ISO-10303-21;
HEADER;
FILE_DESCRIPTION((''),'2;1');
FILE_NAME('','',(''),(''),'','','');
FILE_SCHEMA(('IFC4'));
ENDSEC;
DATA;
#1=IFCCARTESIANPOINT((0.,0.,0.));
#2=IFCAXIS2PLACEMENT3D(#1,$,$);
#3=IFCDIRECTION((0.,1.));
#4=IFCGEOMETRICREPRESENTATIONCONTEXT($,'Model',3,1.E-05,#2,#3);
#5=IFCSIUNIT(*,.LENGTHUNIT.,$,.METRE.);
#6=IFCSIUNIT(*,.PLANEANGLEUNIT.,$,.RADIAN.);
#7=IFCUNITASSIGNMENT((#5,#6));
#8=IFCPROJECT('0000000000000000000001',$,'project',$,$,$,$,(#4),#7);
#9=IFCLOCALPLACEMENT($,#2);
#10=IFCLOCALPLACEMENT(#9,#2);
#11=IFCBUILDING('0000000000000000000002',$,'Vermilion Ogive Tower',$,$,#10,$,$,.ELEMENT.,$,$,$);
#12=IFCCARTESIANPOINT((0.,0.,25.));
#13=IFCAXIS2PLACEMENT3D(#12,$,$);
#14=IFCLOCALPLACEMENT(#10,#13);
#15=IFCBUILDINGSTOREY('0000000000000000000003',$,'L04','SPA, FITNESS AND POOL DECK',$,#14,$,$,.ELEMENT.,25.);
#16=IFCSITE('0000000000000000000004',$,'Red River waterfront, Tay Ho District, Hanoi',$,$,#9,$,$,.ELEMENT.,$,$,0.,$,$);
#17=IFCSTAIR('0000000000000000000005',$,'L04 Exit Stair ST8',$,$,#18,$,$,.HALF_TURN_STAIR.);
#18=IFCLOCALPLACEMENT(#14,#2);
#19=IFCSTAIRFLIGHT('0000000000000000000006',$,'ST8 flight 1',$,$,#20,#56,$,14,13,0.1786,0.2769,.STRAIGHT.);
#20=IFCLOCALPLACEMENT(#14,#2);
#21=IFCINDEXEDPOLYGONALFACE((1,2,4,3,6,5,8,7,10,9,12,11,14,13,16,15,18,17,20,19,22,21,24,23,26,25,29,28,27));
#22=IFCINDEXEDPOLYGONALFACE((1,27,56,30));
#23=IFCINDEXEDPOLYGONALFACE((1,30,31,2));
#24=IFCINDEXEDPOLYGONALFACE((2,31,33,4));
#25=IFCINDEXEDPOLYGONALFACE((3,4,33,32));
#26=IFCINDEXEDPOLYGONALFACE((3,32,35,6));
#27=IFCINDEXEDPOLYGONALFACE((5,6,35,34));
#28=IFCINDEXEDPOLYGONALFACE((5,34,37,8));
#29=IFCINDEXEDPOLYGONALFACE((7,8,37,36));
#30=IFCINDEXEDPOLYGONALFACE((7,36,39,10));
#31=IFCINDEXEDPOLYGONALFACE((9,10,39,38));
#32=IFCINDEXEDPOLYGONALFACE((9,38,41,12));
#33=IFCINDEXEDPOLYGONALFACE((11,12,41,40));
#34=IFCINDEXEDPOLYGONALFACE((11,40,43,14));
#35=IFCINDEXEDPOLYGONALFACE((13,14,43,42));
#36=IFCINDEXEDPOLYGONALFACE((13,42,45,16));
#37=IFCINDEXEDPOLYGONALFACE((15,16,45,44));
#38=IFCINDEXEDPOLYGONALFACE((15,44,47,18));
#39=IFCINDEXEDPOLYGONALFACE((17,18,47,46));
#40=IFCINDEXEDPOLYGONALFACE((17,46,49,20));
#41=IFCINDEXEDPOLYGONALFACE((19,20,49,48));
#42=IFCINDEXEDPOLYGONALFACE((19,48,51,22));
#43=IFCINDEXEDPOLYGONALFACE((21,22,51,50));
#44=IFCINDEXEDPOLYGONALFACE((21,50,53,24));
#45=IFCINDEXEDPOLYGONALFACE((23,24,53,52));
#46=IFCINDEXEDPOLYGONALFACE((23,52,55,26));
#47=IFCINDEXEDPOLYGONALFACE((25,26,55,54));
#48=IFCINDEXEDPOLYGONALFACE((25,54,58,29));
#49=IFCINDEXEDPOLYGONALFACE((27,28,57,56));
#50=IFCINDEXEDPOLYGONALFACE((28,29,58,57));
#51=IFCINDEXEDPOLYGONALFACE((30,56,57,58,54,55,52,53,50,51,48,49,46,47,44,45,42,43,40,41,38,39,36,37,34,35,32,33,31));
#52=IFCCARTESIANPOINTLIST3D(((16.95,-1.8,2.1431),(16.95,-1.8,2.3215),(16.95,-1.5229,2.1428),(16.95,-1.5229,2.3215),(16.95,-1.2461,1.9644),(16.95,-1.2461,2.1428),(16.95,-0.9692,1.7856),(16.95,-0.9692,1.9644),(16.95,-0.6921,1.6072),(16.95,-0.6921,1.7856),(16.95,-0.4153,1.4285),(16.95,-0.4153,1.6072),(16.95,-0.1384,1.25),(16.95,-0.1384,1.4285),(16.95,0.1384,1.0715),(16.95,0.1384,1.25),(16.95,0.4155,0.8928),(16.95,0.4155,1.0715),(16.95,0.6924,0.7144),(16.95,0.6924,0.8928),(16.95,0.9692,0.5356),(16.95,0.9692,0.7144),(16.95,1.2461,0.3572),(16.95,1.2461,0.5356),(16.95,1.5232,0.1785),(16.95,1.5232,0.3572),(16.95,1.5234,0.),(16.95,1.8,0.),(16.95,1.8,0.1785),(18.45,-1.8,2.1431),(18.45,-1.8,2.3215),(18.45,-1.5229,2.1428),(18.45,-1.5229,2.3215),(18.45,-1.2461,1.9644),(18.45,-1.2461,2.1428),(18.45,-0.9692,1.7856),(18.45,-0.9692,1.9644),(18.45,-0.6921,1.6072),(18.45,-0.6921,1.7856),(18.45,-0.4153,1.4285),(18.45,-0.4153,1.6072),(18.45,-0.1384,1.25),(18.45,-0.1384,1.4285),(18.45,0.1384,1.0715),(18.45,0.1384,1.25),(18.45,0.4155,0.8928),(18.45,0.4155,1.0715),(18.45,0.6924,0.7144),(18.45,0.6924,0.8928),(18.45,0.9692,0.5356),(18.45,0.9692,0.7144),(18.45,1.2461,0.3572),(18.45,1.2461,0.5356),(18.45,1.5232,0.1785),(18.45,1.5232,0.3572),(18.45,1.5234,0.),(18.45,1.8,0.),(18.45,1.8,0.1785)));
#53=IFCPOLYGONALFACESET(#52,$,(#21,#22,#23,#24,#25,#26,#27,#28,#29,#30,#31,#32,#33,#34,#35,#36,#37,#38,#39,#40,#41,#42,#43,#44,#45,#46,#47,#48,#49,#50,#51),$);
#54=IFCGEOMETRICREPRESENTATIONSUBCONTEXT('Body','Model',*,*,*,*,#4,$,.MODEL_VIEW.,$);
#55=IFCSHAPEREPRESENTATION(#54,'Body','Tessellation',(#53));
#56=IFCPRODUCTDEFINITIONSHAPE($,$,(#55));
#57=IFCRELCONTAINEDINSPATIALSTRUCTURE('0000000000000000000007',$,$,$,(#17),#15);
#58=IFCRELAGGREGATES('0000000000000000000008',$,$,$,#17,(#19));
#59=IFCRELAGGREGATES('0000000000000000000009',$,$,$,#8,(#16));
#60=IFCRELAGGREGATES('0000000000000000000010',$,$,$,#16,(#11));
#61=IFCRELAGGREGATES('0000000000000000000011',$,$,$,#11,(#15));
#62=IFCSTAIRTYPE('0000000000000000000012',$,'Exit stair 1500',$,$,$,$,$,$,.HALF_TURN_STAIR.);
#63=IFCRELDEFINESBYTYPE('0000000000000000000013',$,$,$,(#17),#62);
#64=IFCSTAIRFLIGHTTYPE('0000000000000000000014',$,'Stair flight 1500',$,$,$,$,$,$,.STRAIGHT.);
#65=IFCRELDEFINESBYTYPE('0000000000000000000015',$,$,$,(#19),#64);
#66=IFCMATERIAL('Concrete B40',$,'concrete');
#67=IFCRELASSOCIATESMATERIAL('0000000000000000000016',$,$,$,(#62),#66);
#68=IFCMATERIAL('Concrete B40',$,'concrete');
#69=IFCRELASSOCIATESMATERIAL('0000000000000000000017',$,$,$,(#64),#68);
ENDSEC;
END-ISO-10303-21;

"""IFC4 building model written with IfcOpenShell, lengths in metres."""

from ifc_helpers import new_model, si_unit, direction, frame, origin, place, context, subcontext, project, spatial, polyline, outline, extrude, material, type_object, element, aggregate, save


model = new_model("IFC4")

# Units and contexts
model_context = context("Model", 3, precision=1e-05, world=origin(), true_north=direction((0.0, 1.0)))
body_context = subcontext(model_context, "Body", "Model", "MODEL_VIEW")
ifc_project = project(units=[si_unit("LENGTHUNIT", "METRE"), si_unit("PLANEANGLEUNIT", "RADIAN")], contexts=[model_context])

# Site, building, storey
site_placement = place(None, origin())
site = spatial("IfcSite", under=ifc_project, at=site_placement, Name="Red River waterfront, Tay Ho District, Hanoi", CompositionType="ELEMENT", RefElevation=0.0)
building_placement = place(site_placement, origin())
building = spatial("IfcBuilding", under=site, at=building_placement, Name="Vermilion Ogive Tower", CompositionType="ELEMENT")
storey_placement = place(building_placement, frame((0.0, 0.0, 25.0)))
storey = spatial("IfcBuildingStorey", under=building, at=storey_placement, Name="L04", Description="SPA, FITNESS AND POOL DECK", CompositionType="ELEMENT", Elevation=25.0)

# Stair, stair flight
ifc_material_1 = material(Name="Concrete B40", Category="concrete")
stair_type = type_object("IfcStairType", Name="Exit stair 1500", PredefinedType="HALF_TURN_STAIR", material=ifc_material_1)
stair_placement = place(storey_placement, origin())
stair = element("IfcStair", 1, at=stair_placement, inside=storey, type_object=stair_type, Name="L04 Exit Stair ST8", PredefinedType="HALF_TURN_STAIR")
ifc_material_2 = material(Name="Concrete B40", Category="concrete")
stair_flight_type = type_object("IfcStairFlightType", Name="Stair flight 1500", PredefinedType="STRAIGHT", material=ifc_material_2)
stair_flight_placement = place(storey_placement, frame((17.7, 1.8, 0.0), z_axis=(0.0, 0.0, 1.0), x_axis=(0.0, -1.0, 0.0)))
stair_flight = element("IfcStairFlight", 2, at=stair_flight_placement, type_object=stair_flight_type, Name="ST8 flight 1", NumberOfRisers=14, NumberOfTreads=13, PredefinedType="STRAIGHT", RiserHeight=0.1786, TreadLength=0.2769, context=body_context, shape_type="SweptSolid", body=[
    extrude(outline(polyline([(0.0, 0.0), (0.0, 0.1785), (0.2769, 0.1785), (0.2769, 0.3572), (0.554, 0.3572), (0.554, 0.5356), (0.8308, 0.5356), (0.8308, 0.7144), (1.1077, 0.7144), (1.1077, 0.8928), (1.3845, 0.8928), (1.3845, 1.0715), (1.6616, 1.0715), (1.6616, 1.25), (1.9385, 1.25), (1.9385, 1.4285), (2.2153, 1.4285), (2.2153, 1.6072), (2.4922, 1.6072), (2.4922, 1.7856), (2.7693, 1.7856), (2.7693, 1.9644), (3.0461, 1.9644), (3.0461, 2.1428), (3.323, 2.1428), (3.323, 2.3215), (3.6001, 2.3215), (3.6001, 2.5), (3.6001, 2.1431), (0.2766, 0.0), (0.0, 0.0)])), frame((0.0, 0.75, 0.0), z_axis=(0.0, -1.0, 0.0), x_axis=(1.0, 0.0, 0.0)), (0.0, 0.0, 1.0), 1.5),
])
aggregate(stair, [stair_flight])

save(model, "model.ifc")
